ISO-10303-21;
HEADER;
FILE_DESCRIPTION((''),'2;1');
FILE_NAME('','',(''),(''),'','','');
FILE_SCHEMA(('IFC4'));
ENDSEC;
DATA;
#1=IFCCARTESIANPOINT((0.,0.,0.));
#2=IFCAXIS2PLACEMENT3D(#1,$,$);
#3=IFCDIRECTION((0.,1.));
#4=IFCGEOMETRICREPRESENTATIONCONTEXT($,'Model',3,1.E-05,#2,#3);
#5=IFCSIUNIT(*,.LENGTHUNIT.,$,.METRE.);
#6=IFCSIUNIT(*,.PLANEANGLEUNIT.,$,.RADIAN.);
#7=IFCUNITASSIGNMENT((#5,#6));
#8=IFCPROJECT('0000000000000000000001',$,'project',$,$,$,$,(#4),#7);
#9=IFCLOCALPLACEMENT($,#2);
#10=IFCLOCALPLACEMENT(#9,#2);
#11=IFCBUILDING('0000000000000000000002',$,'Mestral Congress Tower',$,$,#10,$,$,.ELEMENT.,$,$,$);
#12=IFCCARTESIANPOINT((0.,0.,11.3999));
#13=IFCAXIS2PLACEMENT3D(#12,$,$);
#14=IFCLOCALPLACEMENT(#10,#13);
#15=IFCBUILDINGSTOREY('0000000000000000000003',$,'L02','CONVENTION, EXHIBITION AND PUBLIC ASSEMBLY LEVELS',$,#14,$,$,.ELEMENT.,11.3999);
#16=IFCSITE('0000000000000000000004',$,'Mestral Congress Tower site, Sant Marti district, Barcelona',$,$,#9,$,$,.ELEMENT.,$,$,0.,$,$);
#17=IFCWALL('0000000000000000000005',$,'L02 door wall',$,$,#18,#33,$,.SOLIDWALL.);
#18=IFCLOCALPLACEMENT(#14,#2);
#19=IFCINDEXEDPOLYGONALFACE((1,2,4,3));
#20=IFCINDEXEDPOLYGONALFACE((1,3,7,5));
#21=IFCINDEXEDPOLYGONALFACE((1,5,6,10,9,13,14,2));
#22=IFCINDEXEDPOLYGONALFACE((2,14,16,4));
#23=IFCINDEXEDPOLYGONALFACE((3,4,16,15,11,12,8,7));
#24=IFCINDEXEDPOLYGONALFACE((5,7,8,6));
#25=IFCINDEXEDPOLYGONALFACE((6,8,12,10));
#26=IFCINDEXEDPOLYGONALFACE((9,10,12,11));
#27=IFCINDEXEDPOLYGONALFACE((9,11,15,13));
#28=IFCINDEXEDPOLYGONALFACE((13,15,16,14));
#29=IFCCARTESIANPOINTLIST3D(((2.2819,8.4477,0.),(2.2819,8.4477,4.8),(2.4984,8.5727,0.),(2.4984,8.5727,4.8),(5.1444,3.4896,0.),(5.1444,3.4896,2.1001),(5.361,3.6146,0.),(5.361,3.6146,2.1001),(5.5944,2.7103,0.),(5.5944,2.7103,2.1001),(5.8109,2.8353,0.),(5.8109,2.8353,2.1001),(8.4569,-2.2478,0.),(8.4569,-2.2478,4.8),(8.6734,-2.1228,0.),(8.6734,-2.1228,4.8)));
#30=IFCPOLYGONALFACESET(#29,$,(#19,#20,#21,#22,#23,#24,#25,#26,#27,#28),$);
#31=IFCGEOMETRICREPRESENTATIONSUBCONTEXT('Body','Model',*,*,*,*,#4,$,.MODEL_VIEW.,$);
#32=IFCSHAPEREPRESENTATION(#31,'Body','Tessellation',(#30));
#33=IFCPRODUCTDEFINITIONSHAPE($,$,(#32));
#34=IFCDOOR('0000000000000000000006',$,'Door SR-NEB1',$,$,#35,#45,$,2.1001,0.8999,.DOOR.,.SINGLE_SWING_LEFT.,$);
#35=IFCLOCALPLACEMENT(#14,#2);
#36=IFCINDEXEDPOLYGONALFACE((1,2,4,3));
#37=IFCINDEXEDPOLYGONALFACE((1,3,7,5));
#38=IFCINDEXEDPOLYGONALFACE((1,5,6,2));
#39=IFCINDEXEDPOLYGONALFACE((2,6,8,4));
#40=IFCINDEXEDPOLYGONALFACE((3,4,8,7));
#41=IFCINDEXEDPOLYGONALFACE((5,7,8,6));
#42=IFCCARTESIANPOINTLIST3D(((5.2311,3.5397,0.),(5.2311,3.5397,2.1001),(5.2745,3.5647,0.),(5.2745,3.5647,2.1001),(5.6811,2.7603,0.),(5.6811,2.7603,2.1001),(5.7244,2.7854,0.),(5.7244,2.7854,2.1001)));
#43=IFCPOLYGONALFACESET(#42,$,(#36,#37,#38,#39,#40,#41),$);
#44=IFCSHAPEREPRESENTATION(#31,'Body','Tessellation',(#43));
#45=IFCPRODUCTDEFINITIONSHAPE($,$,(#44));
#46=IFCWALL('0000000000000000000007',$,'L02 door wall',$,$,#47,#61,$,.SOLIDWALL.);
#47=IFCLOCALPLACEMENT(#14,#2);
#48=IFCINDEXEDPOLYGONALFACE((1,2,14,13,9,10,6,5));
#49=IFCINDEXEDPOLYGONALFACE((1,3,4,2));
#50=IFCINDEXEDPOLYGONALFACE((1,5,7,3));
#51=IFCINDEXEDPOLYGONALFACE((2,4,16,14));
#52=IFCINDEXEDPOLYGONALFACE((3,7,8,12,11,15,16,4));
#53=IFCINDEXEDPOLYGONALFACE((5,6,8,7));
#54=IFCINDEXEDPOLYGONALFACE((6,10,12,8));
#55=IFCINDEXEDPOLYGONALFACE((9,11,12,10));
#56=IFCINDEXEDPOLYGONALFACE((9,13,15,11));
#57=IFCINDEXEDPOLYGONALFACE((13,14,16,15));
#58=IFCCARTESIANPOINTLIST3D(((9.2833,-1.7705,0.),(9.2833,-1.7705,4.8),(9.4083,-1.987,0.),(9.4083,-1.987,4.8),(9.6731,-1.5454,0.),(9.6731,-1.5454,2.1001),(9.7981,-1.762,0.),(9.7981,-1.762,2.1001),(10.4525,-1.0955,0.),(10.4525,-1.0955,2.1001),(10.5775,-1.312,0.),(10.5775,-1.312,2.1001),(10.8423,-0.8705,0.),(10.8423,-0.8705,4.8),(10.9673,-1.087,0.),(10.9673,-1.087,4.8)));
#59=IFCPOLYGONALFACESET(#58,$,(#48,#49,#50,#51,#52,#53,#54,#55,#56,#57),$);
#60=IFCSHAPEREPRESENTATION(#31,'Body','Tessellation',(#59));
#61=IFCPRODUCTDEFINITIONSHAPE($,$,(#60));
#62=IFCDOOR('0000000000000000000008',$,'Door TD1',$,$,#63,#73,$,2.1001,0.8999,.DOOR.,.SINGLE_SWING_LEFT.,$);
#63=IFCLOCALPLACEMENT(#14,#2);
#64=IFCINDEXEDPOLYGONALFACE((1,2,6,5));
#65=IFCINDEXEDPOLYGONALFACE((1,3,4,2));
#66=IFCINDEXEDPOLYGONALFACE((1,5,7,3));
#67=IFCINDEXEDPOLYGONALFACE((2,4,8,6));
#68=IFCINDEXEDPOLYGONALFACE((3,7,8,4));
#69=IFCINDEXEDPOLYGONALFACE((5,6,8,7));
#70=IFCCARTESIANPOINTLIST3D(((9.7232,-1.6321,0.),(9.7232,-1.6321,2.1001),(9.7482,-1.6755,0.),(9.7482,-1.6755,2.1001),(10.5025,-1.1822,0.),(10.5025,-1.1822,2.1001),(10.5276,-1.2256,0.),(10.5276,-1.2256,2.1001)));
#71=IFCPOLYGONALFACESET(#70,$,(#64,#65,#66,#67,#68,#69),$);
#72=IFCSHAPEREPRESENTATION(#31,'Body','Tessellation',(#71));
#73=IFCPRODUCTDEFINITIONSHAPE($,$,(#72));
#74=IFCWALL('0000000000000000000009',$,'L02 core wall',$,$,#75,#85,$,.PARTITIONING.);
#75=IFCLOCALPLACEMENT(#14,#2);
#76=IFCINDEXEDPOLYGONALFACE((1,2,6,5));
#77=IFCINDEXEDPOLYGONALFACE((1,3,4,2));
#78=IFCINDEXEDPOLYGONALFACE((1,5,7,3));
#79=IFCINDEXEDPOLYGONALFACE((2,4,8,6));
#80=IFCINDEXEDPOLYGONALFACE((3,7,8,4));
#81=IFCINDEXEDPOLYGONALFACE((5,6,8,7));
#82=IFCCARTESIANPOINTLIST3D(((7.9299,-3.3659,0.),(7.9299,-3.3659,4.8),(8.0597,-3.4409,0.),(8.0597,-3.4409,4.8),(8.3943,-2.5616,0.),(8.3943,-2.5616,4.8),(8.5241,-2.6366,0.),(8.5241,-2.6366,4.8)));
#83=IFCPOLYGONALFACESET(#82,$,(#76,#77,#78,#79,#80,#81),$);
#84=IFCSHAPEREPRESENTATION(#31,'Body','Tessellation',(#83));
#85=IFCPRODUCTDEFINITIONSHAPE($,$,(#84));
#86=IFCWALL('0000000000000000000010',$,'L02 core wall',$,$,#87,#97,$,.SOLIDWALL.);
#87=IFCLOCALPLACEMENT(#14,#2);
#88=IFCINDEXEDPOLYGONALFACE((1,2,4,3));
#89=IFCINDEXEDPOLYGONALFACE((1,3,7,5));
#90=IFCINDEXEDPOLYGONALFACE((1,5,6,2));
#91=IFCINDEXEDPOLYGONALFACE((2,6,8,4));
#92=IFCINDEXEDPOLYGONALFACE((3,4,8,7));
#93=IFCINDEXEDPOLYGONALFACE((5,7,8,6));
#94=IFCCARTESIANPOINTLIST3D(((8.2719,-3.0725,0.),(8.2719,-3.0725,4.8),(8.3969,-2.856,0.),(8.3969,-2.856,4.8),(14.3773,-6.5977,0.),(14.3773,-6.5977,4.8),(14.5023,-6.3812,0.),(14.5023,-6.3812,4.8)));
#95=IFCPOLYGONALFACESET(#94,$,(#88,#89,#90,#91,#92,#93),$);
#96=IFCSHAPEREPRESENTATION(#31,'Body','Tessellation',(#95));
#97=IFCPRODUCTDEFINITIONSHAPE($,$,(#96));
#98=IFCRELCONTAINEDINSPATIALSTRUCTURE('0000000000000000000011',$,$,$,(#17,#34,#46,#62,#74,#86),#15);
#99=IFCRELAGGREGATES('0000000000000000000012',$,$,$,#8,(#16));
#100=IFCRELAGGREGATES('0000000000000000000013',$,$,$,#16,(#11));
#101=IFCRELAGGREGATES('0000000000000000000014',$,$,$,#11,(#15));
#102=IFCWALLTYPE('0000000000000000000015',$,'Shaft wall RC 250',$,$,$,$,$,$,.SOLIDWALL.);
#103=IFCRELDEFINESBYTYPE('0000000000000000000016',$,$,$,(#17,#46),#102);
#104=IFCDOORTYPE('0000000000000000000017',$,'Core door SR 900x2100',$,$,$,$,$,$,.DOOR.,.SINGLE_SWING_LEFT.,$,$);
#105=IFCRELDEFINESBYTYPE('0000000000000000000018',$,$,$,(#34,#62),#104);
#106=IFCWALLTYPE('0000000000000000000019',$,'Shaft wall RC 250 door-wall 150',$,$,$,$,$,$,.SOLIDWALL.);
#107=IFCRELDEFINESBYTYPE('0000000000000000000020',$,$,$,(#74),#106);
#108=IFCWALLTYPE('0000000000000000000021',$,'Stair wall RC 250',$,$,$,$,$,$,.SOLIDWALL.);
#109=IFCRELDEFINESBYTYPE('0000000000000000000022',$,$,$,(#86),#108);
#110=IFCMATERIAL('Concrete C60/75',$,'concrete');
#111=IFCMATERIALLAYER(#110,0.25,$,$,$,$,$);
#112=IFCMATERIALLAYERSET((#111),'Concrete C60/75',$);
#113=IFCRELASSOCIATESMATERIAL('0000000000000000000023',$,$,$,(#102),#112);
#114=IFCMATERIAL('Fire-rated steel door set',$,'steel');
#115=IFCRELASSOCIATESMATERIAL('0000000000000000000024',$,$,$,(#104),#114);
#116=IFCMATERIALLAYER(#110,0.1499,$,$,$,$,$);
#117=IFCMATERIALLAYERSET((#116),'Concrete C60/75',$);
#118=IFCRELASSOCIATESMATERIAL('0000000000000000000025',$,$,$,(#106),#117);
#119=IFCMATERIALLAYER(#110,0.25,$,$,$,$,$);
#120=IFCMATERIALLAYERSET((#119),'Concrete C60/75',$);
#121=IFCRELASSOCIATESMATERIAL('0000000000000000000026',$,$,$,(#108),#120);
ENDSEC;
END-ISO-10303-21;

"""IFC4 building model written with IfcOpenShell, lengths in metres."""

from ifc_helpers import new_model, si_unit, direction, frame, frame_2d, origin, place, context, subcontext, project, spatial, rectangle, extrude, material, layer, layer_set, type_object, element, fill, save


model = new_model("IFC4")

# Units and contexts
model_context = context("Model", 3, precision=1e-05, world=origin(), true_north=direction((0.0, 1.0)))
body_context = subcontext(model_context, "Body", "Model", "MODEL_VIEW")
ifc_project = project(units=[si_unit("LENGTHUNIT", "METRE"), si_unit("PLANEANGLEUNIT", "RADIAN")], contexts=[model_context])

# Site, building, storey
site_placement = place(None, origin())
site = spatial("IfcSite", under=ifc_project, at=site_placement, Name="Mestral Congress Tower site, Sant Marti district, Barcelona", CompositionType="ELEMENT", RefElevation=0.0)
building_placement = place(site_placement, origin())
building = spatial("IfcBuilding", under=site, at=building_placement, Name="Mestral Congress Tower", CompositionType="ELEMENT")
storey_placement = place(building_placement, frame((0.0, 0.0, 11.3999)))
storey = spatial("IfcBuildingStorey", under=building, at=storey_placement, Name="L02", Description="CONVENTION, EXHIBITION AND PUBLIC ASSEMBLY LEVELS", CompositionType="ELEMENT", Elevation=11.3999)

# Shared definitions
ifc_material_1 = material(Name="Concrete C60/75", Category="concrete")
ifc_layer_1 = layer(ifc_material_1, 0.25)
ifc_layer_set_1 = layer_set([ifc_layer_1], Name="Concrete C60/75")
wall_type_1 = type_object("IfcWallType", Name="Shaft wall RC 250", PredefinedType="SOLIDWALL", material=ifc_layer_set_1)

# Walls, openings, doors
wall_1_placement = place(storey_placement, frame((8.5652, -2.1853, 0.0), z_axis=(0.0, 0.0, 1.0), x_axis=(-0.499998, 0.866027, 0.0)))
wall_1 = element("IfcWall", 1, at=wall_1_placement, inside=storey, type_object=wall_type_1, Name="L02 door wall", PredefinedType="SOLIDWALL", context=body_context, shape_type="SweptSolid", body=[
    extrude(rectangle(XDim=12.3501, YDim=0.25, at=frame_2d((6.175, 0.0))), origin(), (0.0, 0.0, 1.0), 4.8),
])
opening_1_placement = place(wall_1_placement, frame((5.7251, 0.0, 0.0)))
opening_1 = element("IfcOpeningElement", 2, at=opening_1_placement, cuts=wall_1, PredefinedType="OPENING", context=body_context, shape_type="SweptSolid", body=[
    extrude(rectangle(XDim=0.8999, YDim=2.1001, at=frame_2d((0.45, 1.05))), frame((0.0, 0.135, 0.0), z_axis=(0.0, -1.0, 0.0), x_axis=(1.0, 0.0, 0.0)), (0.0, 0.0, 1.0), 0.27),
])
ifc_material_2 = material(Name="Fire-rated steel door set", Category="steel")
door_type = type_object("IfcDoorType", Name="Core door SR 900x2100", OperationType="SINGLE_SWING_LEFT", PredefinedType="DOOR", material=ifc_material_2)
door_1_placement = place(opening_1_placement, origin())
door_1 = element("IfcDoor", 3, at=door_1_placement, inside=storey, type_object=door_type, Name="Door SR-NEB1", OperationType="SINGLE_SWING_LEFT", OverallHeight=2.1001, OverallWidth=0.8999, PredefinedType="DOOR", context=body_context, shape_type="SweptSolid", body=[
    extrude(rectangle(XDim=0.8999, YDim=2.1001, at=frame_2d((0.45, 1.05))), frame((0.0, 0.0249, 0.0), z_axis=(0.0, -1.0, 0.0), x_axis=(1.0, 0.0, 0.0)), (0.0, 0.0, 1.0), 0.05),
])
fill(opening_1, door_1)
wall_2_placement = place(storey_placement, frame((9.3459, -1.8787, 0.0), z_axis=(0.0, 0.0, 1.0), x_axis=(0.866048, 0.499961, 0.0)))
wall_2 = element("IfcWall", 4, at=wall_2_placement, inside=storey, type_object=wall_type_1, Name="L02 door wall", PredefinedType="SOLIDWALL", context=body_context, shape_type="SweptSolid", body=[
    extrude(rectangle(XDim=1.8, YDim=0.25, at=frame_2d((0.8999, 0.0))), origin(), (0.0, 0.0, 1.0), 4.8),
])
opening_2_placement = place(wall_2_placement, frame((0.45, 0.0, 0.0)))
opening_2 = element("IfcOpeningElement", 5, at=opening_2_placement, cuts=wall_2, PredefinedType="OPENING", context=body_context, shape_type="SweptSolid", body=[
    extrude(rectangle(XDim=0.8999, YDim=2.1001, at=frame_2d((0.45, 1.05))), frame((0.0, 0.135, 0.0), z_axis=(0.0, -1.0, 0.0), x_axis=(1.0, 0.0, 0.0)), (0.0, 0.0, 1.0), 0.27),
])
door_2_placement = place(opening_2_placement, origin())
door_2 = element("IfcDoor", 6, at=door_2_placement, inside=storey, type_object=door_type, Name="Door TD1", OperationType="SINGLE_SWING_LEFT", OverallHeight=2.1001, OverallWidth=0.8999, PredefinedType="DOOR", context=body_context, shape_type="SweptSolid", body=[
    extrude(rectangle(XDim=0.8999, YDim=2.1001, at=frame_2d((0.45, 1.05))), frame((0.0, 0.0249, 0.0), z_axis=(0.0, -1.0, 0.0), x_axis=(1.0, 0.0, 0.0)), (0.0, 0.0, 1.0), 0.05),
])
fill(opening_2, door_2)

# Walls
ifc_layer_2 = layer(ifc_material_1, 0.1499)
ifc_layer_set_2 = layer_set([ifc_layer_2], Name="Concrete C60/75")
wall_type_2 = type_object("IfcWallType", Name="Shaft wall RC 250 door-wall 150", PredefinedType="SOLIDWALL", material=ifc_layer_set_2)
wall_3_placement = place(storey_placement, frame((8.4592, -2.5991, 0.0), z_axis=(0.0, 0.0, 1.0), x_axis=(-0.500041, -0.866002, 0.0)))
element("IfcWall", 7, at=wall_3_placement, inside=storey, type_object=wall_type_2, Name="L02 core wall", PredefinedType="PARTITIONING", context=body_context, shape_type="SweptSolid", body=[
    extrude(rectangle(XDim=0.9287, YDim=0.1499, at=frame_2d((0.4644, 0.0))), origin(), (0.0, 0.0, 1.0), 4.8),
])
ifc_layer_3 = layer(ifc_material_1, 0.25)
ifc_layer_set_3 = layer_set([ifc_layer_3], Name="Concrete C60/75")
wall_type_3 = type_object("IfcWallType", Name="Stair wall RC 250", PredefinedType="SOLIDWALL", material=ifc_layer_set_3)
wall_4_placement = place(storey_placement, frame((8.3345, -2.9644, 0.0), z_axis=(0.0, 0.0, 1.0), x_axis=(0.866016, -0.500016, 0.0)))
element("IfcWall", 8, at=wall_4_placement, inside=storey, type_object=wall_type_3, Name="L02 core wall", PredefinedType="SOLIDWALL", context=body_context, shape_type="SweptSolid", body=[
    extrude(rectangle(XDim=7.05, YDim=0.25, at=frame_2d((3.5249, 0.0))), origin(), (0.0, 0.0, 1.0), 4.8),
])

save(model, "model.ifc")
